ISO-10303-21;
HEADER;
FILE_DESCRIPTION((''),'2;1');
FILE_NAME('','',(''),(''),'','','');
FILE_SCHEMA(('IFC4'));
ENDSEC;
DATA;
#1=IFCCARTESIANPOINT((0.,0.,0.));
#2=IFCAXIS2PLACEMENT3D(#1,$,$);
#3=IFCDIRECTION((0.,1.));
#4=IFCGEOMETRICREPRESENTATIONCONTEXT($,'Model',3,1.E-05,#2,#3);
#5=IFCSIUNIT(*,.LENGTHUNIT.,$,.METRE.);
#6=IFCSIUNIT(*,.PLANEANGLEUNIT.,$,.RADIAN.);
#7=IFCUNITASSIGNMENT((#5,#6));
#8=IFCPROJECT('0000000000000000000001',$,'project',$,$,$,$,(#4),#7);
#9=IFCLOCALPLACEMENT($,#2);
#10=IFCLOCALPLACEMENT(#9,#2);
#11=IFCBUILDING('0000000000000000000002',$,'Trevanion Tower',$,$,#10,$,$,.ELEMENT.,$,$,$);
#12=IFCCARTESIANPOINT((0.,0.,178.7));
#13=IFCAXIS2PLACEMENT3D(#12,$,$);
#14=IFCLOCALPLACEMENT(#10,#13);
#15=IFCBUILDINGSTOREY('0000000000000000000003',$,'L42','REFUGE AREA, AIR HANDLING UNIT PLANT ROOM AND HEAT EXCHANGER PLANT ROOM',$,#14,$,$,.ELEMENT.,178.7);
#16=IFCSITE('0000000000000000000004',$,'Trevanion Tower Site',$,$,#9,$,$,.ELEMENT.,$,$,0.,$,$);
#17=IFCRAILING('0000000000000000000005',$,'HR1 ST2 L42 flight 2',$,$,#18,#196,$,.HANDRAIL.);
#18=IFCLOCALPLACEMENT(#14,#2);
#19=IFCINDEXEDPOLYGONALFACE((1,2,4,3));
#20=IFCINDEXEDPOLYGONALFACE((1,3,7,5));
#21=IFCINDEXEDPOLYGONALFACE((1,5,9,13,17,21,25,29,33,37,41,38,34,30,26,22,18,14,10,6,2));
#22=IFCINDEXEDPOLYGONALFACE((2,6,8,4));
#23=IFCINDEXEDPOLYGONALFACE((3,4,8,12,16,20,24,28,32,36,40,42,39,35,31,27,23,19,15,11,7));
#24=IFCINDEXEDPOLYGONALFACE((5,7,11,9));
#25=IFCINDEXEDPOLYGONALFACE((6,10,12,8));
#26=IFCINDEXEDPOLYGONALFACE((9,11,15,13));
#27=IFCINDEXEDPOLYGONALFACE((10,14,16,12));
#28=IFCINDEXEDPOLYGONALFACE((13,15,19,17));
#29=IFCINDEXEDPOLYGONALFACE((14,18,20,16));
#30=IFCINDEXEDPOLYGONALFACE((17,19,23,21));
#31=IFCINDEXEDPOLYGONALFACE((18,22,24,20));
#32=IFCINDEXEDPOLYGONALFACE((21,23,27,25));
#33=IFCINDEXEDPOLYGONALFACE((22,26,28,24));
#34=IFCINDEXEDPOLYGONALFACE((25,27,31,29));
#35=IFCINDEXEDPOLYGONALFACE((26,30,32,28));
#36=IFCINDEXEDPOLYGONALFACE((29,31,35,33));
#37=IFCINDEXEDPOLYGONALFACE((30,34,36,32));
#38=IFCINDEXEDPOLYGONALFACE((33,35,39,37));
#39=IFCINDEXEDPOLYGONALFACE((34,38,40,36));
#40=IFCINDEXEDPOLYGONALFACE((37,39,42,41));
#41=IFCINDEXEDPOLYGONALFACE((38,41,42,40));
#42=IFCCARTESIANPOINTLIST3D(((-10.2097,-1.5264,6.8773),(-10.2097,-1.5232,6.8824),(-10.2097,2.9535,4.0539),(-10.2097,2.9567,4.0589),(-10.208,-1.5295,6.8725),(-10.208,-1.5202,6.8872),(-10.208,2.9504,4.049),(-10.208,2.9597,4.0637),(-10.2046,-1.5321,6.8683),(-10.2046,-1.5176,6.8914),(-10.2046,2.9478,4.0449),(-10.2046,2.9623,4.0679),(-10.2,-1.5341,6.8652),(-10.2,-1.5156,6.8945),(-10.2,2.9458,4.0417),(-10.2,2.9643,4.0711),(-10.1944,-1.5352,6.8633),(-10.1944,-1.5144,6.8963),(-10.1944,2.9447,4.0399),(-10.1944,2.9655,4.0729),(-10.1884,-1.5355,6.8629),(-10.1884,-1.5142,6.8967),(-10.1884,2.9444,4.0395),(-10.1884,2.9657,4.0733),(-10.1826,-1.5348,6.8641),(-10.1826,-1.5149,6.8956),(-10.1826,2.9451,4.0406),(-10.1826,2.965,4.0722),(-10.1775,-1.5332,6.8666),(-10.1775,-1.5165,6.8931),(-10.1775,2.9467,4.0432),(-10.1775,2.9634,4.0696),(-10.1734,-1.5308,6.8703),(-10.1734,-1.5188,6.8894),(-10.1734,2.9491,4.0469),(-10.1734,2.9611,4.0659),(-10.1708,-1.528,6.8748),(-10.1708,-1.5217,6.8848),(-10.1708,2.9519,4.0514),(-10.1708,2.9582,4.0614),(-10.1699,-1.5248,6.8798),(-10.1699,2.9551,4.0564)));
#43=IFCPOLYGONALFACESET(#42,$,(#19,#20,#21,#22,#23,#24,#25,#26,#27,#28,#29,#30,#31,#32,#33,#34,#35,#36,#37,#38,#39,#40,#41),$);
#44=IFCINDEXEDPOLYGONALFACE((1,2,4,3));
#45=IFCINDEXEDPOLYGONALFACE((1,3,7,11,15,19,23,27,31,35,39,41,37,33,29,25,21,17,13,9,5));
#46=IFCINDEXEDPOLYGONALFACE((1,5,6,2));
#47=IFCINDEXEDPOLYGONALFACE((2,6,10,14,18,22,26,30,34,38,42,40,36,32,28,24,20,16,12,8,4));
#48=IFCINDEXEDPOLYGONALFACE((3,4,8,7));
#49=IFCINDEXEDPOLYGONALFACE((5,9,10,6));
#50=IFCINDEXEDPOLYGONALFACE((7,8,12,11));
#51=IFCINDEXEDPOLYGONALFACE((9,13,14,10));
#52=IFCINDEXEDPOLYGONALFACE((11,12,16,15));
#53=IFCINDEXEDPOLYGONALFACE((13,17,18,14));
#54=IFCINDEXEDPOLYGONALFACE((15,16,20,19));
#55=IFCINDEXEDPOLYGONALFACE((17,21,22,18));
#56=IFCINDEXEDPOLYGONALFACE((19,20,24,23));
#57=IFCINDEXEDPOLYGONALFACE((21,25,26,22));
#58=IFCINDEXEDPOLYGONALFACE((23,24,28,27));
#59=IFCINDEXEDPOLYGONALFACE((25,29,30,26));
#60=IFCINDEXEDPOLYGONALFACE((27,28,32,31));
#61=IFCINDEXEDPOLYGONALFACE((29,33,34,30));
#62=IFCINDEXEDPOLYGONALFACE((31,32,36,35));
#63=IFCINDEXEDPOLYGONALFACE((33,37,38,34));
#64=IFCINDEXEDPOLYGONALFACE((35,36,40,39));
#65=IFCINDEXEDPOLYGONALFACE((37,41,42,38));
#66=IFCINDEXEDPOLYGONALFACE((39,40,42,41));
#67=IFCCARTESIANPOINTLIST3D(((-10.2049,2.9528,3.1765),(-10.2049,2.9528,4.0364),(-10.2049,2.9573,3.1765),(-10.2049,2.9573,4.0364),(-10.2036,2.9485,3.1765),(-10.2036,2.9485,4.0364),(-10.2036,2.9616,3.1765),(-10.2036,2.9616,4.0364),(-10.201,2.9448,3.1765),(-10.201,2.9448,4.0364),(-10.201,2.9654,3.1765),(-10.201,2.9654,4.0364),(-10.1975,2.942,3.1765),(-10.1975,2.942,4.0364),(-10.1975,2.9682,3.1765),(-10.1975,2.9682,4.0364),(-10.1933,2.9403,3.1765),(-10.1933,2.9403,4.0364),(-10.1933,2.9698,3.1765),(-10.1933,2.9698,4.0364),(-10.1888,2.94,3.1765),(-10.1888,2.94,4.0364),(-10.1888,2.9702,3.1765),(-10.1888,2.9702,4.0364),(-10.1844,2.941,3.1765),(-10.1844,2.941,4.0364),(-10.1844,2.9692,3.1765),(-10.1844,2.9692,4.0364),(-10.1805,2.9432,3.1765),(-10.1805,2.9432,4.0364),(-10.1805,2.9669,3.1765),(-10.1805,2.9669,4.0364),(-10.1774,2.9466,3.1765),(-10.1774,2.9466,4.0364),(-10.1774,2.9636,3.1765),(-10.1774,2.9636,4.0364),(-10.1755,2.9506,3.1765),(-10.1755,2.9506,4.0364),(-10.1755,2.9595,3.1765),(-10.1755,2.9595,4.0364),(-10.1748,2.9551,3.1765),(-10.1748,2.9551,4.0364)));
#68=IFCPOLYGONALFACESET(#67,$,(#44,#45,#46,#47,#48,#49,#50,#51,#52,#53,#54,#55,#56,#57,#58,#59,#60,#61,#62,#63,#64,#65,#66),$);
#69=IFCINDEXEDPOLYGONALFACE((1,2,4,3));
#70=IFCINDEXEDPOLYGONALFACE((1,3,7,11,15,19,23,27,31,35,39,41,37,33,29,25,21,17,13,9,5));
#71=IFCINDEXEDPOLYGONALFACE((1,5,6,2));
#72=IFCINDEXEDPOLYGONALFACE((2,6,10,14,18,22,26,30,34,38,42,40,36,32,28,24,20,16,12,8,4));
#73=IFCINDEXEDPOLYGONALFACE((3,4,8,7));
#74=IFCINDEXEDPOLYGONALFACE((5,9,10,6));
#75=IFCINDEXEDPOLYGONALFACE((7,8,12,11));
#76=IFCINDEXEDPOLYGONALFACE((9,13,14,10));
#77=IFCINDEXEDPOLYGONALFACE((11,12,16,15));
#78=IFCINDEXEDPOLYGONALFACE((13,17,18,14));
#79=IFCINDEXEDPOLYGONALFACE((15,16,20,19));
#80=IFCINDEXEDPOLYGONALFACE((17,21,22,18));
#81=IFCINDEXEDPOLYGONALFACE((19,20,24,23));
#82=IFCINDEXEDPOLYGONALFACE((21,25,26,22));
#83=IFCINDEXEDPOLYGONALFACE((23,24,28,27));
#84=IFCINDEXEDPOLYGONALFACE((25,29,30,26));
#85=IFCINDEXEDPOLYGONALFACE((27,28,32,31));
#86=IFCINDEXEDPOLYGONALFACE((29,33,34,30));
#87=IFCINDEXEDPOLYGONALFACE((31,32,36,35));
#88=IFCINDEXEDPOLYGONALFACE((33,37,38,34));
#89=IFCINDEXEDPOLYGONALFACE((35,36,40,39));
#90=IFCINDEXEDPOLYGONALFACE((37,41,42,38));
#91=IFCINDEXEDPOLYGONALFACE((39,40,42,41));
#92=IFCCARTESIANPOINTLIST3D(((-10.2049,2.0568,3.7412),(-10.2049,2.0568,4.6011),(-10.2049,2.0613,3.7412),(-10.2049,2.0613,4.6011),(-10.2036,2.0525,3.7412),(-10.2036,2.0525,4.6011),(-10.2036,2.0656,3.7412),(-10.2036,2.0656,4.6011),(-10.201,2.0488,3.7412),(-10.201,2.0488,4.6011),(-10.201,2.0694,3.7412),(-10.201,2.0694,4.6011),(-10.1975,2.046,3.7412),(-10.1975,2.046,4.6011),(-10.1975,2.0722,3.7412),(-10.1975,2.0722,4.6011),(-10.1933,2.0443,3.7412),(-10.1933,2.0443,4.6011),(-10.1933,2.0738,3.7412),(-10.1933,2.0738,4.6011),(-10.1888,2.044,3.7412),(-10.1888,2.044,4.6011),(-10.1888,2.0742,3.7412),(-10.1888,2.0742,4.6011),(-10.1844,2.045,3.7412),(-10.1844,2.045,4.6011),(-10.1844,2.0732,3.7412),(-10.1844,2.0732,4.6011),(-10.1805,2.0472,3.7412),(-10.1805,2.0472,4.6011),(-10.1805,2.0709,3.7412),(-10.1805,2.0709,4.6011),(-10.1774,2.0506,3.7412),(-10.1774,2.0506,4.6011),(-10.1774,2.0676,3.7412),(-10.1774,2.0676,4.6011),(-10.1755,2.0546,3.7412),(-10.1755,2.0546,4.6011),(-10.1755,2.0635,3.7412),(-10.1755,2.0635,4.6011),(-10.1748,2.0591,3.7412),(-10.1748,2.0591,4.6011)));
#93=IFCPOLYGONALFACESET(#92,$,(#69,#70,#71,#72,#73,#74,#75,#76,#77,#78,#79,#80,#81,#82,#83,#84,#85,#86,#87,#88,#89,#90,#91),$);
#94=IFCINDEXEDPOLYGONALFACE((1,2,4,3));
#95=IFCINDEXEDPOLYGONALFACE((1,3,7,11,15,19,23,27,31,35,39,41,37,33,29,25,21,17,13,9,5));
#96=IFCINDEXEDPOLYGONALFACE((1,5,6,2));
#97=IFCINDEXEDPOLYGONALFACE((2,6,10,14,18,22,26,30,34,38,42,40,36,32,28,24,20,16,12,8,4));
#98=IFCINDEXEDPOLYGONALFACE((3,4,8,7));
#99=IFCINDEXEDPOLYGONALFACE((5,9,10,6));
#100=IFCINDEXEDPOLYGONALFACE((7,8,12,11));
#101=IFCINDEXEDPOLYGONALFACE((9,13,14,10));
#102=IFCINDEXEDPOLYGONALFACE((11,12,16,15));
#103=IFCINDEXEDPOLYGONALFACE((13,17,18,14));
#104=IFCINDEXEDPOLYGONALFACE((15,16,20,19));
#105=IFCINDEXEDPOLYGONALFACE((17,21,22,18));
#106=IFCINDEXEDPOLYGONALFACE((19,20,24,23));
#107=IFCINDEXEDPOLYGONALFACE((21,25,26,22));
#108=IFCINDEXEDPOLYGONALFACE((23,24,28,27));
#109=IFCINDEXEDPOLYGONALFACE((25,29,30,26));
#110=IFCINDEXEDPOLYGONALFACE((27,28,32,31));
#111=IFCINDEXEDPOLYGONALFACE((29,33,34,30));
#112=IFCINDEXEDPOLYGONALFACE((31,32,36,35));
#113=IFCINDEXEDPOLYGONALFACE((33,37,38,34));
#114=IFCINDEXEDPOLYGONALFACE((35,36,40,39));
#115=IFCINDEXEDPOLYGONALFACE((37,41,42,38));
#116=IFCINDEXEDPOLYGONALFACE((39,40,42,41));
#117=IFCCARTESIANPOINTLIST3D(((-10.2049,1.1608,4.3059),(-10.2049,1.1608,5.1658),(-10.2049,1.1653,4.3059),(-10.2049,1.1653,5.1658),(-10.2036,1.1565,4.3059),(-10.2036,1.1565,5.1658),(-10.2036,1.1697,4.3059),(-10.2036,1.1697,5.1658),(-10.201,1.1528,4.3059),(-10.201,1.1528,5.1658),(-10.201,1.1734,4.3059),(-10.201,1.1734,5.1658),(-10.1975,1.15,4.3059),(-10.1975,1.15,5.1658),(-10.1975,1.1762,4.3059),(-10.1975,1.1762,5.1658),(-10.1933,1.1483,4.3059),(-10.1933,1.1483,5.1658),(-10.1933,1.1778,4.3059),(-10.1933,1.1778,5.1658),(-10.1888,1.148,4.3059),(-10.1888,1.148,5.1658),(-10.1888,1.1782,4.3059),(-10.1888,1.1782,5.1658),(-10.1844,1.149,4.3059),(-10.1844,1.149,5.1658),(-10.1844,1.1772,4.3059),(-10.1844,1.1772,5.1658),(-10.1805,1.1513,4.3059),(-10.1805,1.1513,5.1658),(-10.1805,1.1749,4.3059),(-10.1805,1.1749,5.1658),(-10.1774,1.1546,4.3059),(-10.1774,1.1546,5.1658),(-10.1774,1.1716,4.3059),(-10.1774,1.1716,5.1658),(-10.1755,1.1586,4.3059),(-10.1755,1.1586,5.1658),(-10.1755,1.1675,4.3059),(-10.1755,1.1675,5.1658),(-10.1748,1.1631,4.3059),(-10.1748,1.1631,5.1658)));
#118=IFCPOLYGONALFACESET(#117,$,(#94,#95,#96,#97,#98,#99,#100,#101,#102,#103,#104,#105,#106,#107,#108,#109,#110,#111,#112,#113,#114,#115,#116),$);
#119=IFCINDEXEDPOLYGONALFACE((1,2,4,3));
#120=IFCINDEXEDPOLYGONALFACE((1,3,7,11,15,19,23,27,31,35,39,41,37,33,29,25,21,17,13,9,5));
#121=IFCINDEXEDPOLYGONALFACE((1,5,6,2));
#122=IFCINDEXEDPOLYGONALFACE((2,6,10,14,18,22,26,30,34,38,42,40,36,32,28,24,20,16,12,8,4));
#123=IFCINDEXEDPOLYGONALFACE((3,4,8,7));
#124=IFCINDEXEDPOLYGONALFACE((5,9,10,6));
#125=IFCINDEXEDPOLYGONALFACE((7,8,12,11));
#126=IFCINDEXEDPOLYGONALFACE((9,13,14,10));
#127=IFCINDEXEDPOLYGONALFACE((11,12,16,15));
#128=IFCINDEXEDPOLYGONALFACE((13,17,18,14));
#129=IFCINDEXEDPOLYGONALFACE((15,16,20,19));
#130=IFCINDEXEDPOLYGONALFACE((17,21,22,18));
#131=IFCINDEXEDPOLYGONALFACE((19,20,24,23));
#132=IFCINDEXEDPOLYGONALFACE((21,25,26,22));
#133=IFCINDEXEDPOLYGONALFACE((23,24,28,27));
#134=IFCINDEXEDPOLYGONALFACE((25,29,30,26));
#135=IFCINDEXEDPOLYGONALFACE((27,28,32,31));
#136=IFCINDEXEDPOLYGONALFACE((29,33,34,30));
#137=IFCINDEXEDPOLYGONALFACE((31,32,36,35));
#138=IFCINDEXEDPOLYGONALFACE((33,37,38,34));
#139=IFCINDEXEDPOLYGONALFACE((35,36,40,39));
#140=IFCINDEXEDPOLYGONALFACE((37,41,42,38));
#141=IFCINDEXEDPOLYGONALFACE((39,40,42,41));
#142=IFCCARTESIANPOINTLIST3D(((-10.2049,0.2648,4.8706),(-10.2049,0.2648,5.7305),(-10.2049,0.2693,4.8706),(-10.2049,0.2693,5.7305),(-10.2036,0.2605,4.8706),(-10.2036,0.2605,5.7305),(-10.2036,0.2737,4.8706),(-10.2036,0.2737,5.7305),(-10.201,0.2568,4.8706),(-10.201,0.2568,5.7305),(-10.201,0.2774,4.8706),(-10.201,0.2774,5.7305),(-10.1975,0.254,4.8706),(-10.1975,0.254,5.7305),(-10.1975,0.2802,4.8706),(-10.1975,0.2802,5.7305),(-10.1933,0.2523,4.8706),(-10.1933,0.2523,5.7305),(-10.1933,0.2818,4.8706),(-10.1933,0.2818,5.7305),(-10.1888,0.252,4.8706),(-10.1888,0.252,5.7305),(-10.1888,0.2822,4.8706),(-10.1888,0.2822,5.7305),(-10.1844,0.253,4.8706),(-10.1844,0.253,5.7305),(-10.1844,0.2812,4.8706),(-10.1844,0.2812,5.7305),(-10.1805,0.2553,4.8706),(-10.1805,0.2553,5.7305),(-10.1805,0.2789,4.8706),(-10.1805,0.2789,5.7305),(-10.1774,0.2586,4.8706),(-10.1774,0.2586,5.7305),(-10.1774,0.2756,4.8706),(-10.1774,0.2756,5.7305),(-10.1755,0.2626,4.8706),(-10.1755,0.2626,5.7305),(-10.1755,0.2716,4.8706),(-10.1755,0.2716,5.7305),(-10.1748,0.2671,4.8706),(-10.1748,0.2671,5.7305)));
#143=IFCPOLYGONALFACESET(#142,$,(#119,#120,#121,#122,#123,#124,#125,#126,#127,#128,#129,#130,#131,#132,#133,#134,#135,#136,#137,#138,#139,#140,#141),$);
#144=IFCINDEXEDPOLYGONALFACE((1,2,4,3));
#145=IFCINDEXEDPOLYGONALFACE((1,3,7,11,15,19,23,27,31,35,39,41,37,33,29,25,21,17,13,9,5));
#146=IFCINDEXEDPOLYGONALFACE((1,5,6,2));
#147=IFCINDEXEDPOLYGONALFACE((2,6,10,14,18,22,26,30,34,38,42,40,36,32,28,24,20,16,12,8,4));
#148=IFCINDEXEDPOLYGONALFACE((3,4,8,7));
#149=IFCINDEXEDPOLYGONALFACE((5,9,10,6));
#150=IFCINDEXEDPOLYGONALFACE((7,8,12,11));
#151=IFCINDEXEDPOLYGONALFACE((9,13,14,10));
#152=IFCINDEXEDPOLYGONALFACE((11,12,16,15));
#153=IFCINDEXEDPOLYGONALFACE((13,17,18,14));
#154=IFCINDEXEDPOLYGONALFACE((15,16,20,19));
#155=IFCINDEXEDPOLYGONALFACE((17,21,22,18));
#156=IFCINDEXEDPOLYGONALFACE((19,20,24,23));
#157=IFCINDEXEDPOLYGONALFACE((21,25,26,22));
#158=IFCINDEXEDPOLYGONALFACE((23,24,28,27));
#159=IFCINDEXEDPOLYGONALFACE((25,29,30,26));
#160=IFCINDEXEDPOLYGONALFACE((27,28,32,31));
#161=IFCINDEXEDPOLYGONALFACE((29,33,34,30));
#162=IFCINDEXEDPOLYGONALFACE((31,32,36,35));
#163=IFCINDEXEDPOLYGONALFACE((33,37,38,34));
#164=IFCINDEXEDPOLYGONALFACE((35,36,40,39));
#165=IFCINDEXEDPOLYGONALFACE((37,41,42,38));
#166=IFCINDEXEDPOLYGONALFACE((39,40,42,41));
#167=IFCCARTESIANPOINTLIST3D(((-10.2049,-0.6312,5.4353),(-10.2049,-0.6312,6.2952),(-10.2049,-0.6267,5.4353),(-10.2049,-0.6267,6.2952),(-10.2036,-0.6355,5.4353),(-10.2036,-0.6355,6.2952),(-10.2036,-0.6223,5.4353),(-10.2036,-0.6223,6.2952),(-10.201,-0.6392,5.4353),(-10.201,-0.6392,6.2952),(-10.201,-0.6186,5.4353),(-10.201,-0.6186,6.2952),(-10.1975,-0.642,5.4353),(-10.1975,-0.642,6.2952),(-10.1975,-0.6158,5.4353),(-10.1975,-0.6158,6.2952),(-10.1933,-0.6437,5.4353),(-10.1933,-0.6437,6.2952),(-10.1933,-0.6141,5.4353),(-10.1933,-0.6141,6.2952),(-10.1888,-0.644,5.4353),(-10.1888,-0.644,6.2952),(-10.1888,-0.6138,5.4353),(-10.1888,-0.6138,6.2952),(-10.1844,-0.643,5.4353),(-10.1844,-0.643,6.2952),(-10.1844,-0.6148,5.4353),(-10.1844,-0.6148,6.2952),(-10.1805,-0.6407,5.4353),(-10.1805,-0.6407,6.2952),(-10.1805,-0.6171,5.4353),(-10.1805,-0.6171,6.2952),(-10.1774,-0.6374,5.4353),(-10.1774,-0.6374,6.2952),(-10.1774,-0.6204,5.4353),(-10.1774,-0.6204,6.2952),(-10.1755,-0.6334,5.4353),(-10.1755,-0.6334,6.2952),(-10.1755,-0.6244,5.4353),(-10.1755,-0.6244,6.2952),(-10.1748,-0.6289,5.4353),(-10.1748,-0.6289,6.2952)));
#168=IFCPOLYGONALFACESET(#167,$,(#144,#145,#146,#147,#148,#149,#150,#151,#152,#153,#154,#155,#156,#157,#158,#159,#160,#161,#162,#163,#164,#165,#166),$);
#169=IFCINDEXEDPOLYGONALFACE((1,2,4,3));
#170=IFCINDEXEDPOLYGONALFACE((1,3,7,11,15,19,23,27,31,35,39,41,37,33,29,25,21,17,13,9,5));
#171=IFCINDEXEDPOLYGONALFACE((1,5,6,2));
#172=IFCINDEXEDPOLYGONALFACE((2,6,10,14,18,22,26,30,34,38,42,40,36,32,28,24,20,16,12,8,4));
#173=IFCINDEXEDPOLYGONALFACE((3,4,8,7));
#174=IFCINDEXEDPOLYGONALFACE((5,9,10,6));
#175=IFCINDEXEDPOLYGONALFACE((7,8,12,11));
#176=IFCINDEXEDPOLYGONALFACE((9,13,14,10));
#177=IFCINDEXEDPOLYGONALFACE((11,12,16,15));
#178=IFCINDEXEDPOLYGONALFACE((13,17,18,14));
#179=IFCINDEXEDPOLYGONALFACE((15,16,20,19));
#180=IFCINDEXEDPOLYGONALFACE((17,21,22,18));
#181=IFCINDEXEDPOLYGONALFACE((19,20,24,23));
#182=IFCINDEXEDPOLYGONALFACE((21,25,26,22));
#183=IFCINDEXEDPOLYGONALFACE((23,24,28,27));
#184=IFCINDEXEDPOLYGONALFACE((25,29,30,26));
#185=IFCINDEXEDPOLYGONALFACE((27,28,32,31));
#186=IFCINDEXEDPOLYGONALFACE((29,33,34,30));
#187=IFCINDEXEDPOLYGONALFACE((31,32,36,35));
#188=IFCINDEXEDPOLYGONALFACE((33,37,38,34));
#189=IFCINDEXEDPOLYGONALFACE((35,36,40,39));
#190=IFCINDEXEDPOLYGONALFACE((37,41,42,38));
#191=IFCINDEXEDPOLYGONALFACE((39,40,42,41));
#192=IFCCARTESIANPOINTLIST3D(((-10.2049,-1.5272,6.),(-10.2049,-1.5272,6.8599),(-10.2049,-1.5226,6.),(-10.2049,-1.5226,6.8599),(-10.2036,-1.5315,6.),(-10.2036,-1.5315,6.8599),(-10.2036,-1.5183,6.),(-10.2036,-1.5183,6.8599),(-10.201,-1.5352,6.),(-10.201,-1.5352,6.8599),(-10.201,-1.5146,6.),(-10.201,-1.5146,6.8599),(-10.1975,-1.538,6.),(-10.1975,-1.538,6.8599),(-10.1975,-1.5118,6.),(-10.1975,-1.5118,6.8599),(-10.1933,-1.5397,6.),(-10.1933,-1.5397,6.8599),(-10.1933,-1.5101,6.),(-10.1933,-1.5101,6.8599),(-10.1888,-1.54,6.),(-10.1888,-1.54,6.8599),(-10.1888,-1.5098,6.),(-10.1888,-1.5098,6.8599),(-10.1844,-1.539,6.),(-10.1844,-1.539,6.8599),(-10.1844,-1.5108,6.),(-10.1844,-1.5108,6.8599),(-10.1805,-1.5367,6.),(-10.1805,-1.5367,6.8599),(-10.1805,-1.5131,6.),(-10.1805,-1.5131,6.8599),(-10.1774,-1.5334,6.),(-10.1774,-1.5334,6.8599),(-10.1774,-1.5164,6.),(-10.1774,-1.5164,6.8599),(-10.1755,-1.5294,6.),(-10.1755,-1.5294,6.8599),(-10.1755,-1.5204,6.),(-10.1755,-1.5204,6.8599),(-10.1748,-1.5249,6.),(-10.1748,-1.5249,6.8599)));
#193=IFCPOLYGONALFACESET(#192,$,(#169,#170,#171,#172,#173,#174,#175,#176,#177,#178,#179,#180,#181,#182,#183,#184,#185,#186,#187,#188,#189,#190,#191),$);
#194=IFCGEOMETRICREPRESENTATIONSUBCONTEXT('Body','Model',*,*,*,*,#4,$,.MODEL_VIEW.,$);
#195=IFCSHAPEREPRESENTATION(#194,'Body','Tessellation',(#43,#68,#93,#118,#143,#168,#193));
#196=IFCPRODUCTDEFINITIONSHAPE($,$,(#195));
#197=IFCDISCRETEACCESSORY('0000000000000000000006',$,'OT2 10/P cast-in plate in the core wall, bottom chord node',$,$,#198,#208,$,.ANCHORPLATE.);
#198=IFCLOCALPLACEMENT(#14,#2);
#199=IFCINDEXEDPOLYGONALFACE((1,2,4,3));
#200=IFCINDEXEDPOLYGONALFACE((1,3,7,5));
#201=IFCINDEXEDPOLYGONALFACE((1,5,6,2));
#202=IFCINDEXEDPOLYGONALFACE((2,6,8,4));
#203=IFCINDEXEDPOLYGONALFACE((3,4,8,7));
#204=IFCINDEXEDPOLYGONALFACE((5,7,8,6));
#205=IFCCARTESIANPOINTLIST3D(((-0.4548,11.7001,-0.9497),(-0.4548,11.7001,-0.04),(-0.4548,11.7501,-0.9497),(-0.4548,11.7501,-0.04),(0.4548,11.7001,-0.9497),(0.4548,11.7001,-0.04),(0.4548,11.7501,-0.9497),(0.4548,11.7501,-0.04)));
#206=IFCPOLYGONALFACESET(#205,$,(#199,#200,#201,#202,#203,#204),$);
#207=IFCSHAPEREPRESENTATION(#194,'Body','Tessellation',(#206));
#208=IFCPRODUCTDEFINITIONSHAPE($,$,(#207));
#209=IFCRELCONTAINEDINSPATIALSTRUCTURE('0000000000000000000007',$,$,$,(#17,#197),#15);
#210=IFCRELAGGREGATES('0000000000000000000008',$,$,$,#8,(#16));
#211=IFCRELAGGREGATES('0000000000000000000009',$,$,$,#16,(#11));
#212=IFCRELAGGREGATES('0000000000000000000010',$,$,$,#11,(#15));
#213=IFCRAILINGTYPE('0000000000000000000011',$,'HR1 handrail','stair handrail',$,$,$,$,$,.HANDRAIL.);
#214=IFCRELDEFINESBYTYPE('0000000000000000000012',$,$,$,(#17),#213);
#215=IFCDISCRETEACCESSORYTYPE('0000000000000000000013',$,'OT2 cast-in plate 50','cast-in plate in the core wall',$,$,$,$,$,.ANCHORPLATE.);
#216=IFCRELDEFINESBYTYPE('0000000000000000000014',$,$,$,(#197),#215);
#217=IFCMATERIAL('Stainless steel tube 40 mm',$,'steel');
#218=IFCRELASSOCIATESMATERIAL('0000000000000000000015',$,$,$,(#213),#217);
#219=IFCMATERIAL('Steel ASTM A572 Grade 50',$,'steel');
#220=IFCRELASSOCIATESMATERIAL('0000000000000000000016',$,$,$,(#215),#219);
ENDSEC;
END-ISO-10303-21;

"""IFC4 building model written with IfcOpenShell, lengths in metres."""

from ifc_helpers import new_model, si_unit, direction, frame, origin, origin_2d, place, context, subcontext, project, spatial, rectangle, circle, extrude, material, type_object, element, save


model = new_model("IFC4")

# Units and contexts
model_context = context("Model", 3, precision=1e-05, world=origin(), true_north=direction((0.0, 1.0)))
body_context = subcontext(model_context, "Body", "Model", "MODEL_VIEW")
ifc_project = project(units=[si_unit("LENGTHUNIT", "METRE"), si_unit("PLANEANGLEUNIT", "RADIAN")], contexts=[model_context])

# Site, building, storey
site_placement = place(None, origin())
site = spatial("IfcSite", under=ifc_project, at=site_placement, Name="Trevanion Tower Site", CompositionType="ELEMENT", RefElevation=0.0)
building_placement = place(site_placement, origin())
building = spatial("IfcBuilding", under=site, at=building_placement, Name="Trevanion Tower", CompositionType="ELEMENT")
storey_placement = place(building_placement, frame((0.0, 0.0, 178.7)))
storey = spatial("IfcBuildingStorey", under=building, at=storey_placement, Name="L42", Description="REFUGE AREA, AIR HANDLING UNIT PLANT ROOM AND HEAT EXCHANGER PLANT ROOM", CompositionType="ELEMENT", Elevation=178.7)

# Railing
ifc_material_1 = material(Name="Stainless steel tube 40 mm", Category="steel")
railing_type = type_object("IfcRailingType", Name="HR1 handrail", Description="stair handrail", PredefinedType="HANDRAIL", material=ifc_material_1)
for number, where, name in (
    (1, (-10.1899, 2.9551, 3.1765), "HR1 ST2 L42 flight 2"),
):
    element("IfcRailing", number, at=place(storey_placement, frame(where)), inside=storey, type_object=railing_type, Name=name, PredefinedType="HANDRAIL", context=body_context, shape_type="SweptSolid", body=[
        extrude(circle(Radius=0.02, at=origin_2d()), frame((0.0, 0.0, 0.8799), z_axis=(0.0, -0.845998, 0.533186), x_axis=(1.0, 0.0, 0.0)), (0.0, 0.0, 1.0), 5.2954),
        extrude(circle(Radius=0.0151, at=origin_2d()), origin(), (0.0, 0.0, 1.0), 0.8599),
        extrude(circle(Radius=0.0151, at=origin_2d()), frame((0.0, -0.896, 0.5647)), (0.0, 0.0, 1.0), 0.8599),
        extrude(circle(Radius=0.0151, at=origin_2d()), frame((0.0, -1.792, 1.1294)), (0.0, 0.0, 1.0), 0.8599),
        extrude(circle(Radius=0.0151, at=origin_2d()), frame((0.0, -2.688, 1.6941)), (0.0, 0.0, 1.0), 0.8599),
        extrude(circle(Radius=0.0151, at=origin_2d()), frame((0.0, -3.584, 2.2588)), (0.0, 0.0, 1.0), 0.8599),
        extrude(circle(Radius=0.0151, at=origin_2d()), frame((0.0, -4.48, 2.8235)), (0.0, 0.0, 1.0), 0.8599),
    ])

# Discrete accessory
ifc_material_2 = material(Name="Steel ASTM A572 Grade 50", Category="steel")
discrete_accessory_type = type_object("IfcDiscreteAccessoryType", Name="OT2 cast-in plate 50", Description="cast-in plate in the core wall", PredefinedType="ANCHORPLATE", material=ifc_material_2)
for number, where, z_axis, x_axis, name in (
    (2, (0.0, 11.7251, -0.9497), (0.0, 0.0, 1.0), (0.0, 1.0, 0.0), "OT2 10/P cast-in plate in the core wall, bottom chord node"),
):
    element("IfcDiscreteAccessory", number, at=place(storey_placement, frame(where, z_axis=z_axis, x_axis=x_axis)), inside=storey, type_object=discrete_accessory_type, Name=name, PredefinedType="ANCHORPLATE", context=body_context, shape_type="SweptSolid", body=[
        extrude(rectangle(XDim=0.05, YDim=0.9097, at=origin_2d()), origin(), (0.0, 0.0, 1.0), 0.9097),
    ])

save(model, "model.ifc")
